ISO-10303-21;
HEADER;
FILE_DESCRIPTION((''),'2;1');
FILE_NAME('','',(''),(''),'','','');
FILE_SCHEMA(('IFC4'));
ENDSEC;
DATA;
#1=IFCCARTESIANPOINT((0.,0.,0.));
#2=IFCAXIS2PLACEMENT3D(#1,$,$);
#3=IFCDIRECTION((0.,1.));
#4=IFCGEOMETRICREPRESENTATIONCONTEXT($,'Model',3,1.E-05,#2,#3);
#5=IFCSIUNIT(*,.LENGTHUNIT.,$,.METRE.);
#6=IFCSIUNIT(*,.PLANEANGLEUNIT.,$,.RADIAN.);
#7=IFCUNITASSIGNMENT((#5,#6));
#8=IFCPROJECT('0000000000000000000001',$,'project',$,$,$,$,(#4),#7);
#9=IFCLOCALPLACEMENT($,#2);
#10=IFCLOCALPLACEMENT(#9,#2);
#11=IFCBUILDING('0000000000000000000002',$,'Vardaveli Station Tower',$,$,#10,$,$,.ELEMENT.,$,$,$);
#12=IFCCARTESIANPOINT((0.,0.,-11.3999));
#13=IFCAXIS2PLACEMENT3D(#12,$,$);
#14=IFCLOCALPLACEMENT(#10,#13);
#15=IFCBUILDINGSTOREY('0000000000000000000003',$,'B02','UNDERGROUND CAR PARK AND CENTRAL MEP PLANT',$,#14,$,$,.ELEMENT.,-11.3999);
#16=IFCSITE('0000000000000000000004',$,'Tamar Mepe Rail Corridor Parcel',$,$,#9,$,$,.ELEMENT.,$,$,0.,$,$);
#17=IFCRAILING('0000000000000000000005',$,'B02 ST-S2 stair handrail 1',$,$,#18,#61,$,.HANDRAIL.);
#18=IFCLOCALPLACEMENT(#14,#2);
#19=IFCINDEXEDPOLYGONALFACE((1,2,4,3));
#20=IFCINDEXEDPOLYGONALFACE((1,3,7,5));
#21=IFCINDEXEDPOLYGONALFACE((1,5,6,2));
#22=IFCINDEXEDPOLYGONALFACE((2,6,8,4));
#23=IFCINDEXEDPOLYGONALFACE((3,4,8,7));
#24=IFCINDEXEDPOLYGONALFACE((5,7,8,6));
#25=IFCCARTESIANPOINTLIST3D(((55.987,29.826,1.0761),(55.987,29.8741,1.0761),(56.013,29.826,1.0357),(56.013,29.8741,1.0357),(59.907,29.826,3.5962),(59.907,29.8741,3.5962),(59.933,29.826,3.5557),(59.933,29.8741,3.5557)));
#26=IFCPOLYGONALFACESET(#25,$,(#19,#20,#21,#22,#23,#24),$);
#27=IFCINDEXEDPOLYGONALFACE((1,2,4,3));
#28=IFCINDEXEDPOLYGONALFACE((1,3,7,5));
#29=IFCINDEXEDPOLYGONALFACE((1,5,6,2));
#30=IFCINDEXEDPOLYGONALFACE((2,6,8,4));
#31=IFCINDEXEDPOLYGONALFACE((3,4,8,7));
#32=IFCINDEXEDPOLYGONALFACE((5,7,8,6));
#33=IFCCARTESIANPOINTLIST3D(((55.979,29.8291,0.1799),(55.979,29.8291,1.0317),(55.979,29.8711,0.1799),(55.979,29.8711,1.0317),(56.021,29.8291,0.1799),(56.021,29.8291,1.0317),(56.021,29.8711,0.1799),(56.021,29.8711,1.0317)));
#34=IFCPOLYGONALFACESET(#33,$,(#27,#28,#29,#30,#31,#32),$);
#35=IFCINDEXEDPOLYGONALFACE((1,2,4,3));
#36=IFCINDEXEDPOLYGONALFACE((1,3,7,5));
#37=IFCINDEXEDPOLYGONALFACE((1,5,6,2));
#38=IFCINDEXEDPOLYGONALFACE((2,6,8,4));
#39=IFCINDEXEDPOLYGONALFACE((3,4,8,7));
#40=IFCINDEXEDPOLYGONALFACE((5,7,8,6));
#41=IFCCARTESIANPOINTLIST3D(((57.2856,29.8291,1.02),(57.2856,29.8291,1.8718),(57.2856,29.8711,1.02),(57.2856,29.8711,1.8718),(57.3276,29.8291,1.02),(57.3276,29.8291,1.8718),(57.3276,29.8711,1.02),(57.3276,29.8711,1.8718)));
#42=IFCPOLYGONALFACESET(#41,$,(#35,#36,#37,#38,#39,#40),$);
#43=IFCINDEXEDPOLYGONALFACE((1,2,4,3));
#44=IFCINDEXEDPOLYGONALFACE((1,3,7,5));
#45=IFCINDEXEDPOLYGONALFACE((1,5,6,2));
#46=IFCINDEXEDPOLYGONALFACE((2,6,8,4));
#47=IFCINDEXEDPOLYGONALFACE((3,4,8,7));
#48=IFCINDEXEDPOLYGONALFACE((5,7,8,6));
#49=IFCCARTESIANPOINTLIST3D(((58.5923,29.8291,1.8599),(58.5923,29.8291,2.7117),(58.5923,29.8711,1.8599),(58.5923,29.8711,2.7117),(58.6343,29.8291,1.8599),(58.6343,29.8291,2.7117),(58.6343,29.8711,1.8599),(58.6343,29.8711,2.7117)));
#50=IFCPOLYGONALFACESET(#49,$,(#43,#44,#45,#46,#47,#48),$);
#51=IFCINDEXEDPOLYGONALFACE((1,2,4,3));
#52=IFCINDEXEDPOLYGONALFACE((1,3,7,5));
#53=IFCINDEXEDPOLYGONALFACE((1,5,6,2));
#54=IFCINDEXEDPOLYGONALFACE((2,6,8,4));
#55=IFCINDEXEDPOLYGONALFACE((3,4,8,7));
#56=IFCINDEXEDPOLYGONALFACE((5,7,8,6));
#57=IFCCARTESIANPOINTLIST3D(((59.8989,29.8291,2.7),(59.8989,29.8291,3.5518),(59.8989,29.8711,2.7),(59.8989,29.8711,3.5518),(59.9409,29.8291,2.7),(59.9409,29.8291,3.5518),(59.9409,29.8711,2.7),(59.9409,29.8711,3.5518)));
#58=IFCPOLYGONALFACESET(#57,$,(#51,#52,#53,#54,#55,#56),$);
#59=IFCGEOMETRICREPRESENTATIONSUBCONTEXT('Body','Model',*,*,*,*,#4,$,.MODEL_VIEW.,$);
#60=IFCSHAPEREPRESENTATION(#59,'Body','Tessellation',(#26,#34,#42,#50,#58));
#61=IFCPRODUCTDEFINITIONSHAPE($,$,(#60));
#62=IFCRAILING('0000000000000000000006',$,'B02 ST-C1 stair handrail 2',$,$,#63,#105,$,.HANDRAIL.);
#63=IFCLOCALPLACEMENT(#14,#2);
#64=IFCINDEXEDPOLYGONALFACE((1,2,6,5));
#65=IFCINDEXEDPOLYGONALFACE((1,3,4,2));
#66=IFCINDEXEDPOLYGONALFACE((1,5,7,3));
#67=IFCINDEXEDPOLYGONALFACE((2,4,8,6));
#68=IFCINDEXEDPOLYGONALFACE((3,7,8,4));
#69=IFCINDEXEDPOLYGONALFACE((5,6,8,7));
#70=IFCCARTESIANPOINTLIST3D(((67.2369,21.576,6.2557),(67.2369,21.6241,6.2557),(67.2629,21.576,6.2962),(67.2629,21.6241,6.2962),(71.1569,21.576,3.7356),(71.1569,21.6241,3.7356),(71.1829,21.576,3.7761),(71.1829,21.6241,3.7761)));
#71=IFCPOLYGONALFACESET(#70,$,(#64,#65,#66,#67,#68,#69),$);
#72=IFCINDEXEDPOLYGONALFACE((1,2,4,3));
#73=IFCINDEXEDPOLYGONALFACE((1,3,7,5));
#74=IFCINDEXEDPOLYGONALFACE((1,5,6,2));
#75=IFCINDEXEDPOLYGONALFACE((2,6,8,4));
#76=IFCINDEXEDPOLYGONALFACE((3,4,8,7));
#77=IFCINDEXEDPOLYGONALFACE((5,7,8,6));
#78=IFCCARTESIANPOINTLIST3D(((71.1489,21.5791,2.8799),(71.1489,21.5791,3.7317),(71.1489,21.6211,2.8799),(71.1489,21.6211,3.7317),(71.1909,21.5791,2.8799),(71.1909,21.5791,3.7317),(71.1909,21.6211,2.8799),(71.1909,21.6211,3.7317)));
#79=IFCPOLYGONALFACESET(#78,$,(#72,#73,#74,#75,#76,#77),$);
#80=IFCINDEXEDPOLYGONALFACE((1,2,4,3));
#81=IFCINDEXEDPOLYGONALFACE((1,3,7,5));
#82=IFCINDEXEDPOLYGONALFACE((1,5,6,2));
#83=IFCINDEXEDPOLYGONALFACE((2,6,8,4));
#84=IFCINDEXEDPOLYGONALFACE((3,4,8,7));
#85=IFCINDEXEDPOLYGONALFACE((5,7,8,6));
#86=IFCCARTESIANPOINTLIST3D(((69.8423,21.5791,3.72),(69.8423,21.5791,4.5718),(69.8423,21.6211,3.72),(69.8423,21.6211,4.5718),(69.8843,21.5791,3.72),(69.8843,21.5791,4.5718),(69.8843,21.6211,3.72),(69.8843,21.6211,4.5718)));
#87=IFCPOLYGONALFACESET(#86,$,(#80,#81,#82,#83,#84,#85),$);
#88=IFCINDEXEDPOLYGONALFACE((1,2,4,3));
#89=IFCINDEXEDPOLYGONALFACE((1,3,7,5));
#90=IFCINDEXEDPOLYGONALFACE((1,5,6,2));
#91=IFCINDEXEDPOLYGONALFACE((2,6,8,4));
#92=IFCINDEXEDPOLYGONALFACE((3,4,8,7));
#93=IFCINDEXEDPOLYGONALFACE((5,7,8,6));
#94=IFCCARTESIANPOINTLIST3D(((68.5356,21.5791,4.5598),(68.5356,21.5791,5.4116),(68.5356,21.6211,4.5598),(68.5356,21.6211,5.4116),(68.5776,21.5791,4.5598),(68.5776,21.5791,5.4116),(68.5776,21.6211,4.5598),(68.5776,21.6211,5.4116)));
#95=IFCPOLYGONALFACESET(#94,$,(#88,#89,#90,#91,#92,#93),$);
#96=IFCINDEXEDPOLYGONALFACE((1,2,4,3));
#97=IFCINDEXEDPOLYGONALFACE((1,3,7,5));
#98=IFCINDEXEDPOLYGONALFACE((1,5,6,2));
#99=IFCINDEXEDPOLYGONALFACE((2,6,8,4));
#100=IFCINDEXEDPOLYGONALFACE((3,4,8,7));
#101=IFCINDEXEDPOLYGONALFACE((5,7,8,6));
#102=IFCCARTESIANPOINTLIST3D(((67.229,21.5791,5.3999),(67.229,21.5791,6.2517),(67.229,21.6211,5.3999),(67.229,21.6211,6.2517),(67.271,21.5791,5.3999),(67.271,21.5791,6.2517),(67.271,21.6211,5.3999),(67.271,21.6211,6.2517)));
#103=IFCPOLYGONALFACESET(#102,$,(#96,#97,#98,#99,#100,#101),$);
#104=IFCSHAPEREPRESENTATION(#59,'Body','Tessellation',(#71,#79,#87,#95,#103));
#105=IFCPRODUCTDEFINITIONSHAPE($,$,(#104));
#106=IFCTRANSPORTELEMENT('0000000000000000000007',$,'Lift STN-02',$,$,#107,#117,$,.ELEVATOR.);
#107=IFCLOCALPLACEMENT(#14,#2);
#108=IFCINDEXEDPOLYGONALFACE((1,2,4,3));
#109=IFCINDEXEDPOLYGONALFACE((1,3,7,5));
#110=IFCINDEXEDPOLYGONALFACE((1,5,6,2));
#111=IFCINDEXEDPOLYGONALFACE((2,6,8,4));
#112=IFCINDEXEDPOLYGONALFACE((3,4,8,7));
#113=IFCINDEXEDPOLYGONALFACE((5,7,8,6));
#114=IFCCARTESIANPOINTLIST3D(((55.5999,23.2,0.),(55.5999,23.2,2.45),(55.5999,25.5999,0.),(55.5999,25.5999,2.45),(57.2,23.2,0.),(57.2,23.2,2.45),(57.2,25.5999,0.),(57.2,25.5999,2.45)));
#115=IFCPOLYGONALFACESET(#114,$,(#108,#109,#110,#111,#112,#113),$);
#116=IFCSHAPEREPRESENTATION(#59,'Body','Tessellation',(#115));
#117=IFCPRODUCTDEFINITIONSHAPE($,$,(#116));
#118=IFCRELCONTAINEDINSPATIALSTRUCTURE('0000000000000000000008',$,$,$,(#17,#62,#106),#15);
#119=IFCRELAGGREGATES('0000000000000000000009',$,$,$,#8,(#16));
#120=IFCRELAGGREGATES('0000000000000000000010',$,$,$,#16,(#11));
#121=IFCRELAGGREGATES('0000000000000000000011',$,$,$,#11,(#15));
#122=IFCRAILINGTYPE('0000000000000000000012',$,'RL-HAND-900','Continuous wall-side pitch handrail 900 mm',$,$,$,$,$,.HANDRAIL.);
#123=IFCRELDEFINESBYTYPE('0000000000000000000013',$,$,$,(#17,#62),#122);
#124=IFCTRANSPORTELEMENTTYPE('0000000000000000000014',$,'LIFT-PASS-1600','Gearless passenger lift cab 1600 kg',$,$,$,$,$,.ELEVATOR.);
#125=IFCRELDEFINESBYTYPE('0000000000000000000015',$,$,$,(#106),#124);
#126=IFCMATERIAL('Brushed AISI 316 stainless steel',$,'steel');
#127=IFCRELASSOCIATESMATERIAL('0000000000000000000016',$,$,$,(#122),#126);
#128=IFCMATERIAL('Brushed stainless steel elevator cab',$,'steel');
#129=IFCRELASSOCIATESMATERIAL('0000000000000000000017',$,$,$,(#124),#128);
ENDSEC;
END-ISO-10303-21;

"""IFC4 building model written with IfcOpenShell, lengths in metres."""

from ifc_helpers import new_model, si_unit, direction, frame, origin, origin_2d, place, context, subcontext, project, spatial, rectangle, extrude, source, transform, mapped, material, type_object, element, save


model = new_model("IFC4")

# Units and contexts
model_context = context("Model", 3, precision=1e-05, world=origin(), true_north=direction((0.0, 1.0)))
body_context = subcontext(model_context, "Body", "Model", "MODEL_VIEW")
ifc_project = project(units=[si_unit("LENGTHUNIT", "METRE"), si_unit("PLANEANGLEUNIT", "RADIAN")], contexts=[model_context])

# Site, building, storey
site_placement = place(None, origin())
site = spatial("IfcSite", under=ifc_project, at=site_placement, Name="Tamar Mepe Rail Corridor Parcel", CompositionType="ELEMENT", RefElevation=0.0)
building_placement = place(site_placement, origin())
building = spatial("IfcBuilding", under=site, at=building_placement, Name="Vardaveli Station Tower", CompositionType="ELEMENT")
storey_placement = place(building_placement, frame((0.0, 0.0, -11.3999)))
storey = spatial("IfcBuildingStorey", under=building, at=storey_placement, Name="B02", Description="UNDERGROUND CAR PARK AND CENTRAL MEP PLANT", CompositionType="ELEMENT", Elevation=-11.3999)

# Railings
ifc_material_1 = material(Name="Brushed AISI 316 stainless steel", Category="steel")
railing_type_1 = type_object("IfcRailingType", Name="RL-HAND-900", Description="Continuous wall-side pitch handrail 900 mm", PredefinedType="HANDRAIL", material=ifc_material_1)
shared_shape_1 = source(origin(), body_context, "Body", "SweptSolid", [
    extrude(rectangle(XDim=0.0481, YDim=0.0481, at=origin_2d()), frame((0.0, 0.0, 0.876), z_axis=(0.841172, 0.0, 0.540768), x_axis=(0.0, 1.0, 0.0)), (0.0, 0.0, 1.0), 4.6602),
    extrude(rectangle(XDim=0.042, YDim=0.042, at=origin_2d()), origin(), (0.0, 0.0, 1.0), 0.8518),
    extrude(rectangle(XDim=0.042, YDim=0.042, at=origin_2d()), frame((1.3066, 0.0, 0.8401)), (0.0, 0.0, 1.0), 0.8518),
    extrude(rectangle(XDim=0.042, YDim=0.042, at=origin_2d()), frame((2.6133, 0.0, 1.6799)), (0.0, 0.0, 1.0), 0.8518),
    extrude(rectangle(XDim=0.042, YDim=0.042, at=origin_2d()), frame((3.9199, 0.0, 2.52)), (0.0, 0.0, 1.0), 0.8518),
])
railing_1_placement = place(storey_placement, frame((56.0, 29.8501, 0.1799)))
element("IfcRailing", 1, at=railing_1_placement, inside=storey, type_object=railing_type_1, Name="B02 ST-S2 stair handrail 1", PredefinedType="HANDRAIL", context=body_context, shape_type="MappedRepresentation", body=[
    mapped(shared_shape_1, transform((0.0, 0.0, 0.0), scale=1.0)),
])
shared_shape_2 = source(origin(), body_context, "Body", "SweptSolid", [
    extrude(rectangle(XDim=0.0481, YDim=0.0481, at=origin_2d()), frame((0.0, 0.0, 0.876), z_axis=(-0.841172, 0.0, 0.540768), x_axis=(0.0, -1.0, 0.0)), (0.0, 0.0, 1.0), 4.6602),
    extrude(rectangle(XDim=0.042, YDim=0.042, at=origin_2d()), origin(), (0.0, 0.0, 1.0), 0.8518),
    extrude(rectangle(XDim=0.042, YDim=0.042, at=origin_2d()), frame((-1.3066, 0.0, 0.8401)), (0.0, 0.0, 1.0), 0.8518),
    extrude(rectangle(XDim=0.042, YDim=0.042, at=origin_2d()), frame((-2.6133, 0.0, 1.6799)), (0.0, 0.0, 1.0), 0.8518),
    extrude(rectangle(XDim=0.042, YDim=0.042, at=origin_2d()), frame((-3.9199, 0.0, 2.52)), (0.0, 0.0, 1.0), 0.8518),
])
railing_2_placement = place(storey_placement, frame((71.1699, 21.6001, 2.8799)))
element("IfcRailing", 2, at=railing_2_placement, inside=storey, type_object=railing_type_1, Name="B02 ST-C1 stair handrail 2", PredefinedType="HANDRAIL", context=body_context, shape_type="MappedRepresentation", body=[
    mapped(shared_shape_2, transform((0.0, 0.0, 0.0), scale=1.0)),
])

# Transport element
ifc_material_2 = material(Name="Brushed stainless steel elevator cab", Category="steel")
transport_element_type = type_object("IfcTransportElementType", Name="LIFT-PASS-1600", Description="Gearless passenger lift cab 1600 kg", PredefinedType="ELEVATOR", material=ifc_material_2)
shared_shape_3 = source(origin(), body_context, "Body", "SweptSolid", [
    extrude(rectangle(XDim=1.6001, YDim=2.3999, at=origin_2d()), origin(), (0.0, 0.0, 1.0), 2.45),
])
transport_element_placement = place(storey_placement, frame((56.3999, 24.3999, 0.0), z_axis=(0.0, 0.0, 1.0), x_axis=(1.0, 0.0, 0.0)))
element("IfcTransportElement", 3, at=transport_element_placement, inside=storey, type_object=transport_element_type, Name="Lift STN-02", PredefinedType="ELEVATOR", context=body_context, shape_type="MappedRepresentation", body=[
    mapped(shared_shape_3, transform((0.0, 0.0, 0.0), scale=1.0)),
])

save(model, "model.ifc")
